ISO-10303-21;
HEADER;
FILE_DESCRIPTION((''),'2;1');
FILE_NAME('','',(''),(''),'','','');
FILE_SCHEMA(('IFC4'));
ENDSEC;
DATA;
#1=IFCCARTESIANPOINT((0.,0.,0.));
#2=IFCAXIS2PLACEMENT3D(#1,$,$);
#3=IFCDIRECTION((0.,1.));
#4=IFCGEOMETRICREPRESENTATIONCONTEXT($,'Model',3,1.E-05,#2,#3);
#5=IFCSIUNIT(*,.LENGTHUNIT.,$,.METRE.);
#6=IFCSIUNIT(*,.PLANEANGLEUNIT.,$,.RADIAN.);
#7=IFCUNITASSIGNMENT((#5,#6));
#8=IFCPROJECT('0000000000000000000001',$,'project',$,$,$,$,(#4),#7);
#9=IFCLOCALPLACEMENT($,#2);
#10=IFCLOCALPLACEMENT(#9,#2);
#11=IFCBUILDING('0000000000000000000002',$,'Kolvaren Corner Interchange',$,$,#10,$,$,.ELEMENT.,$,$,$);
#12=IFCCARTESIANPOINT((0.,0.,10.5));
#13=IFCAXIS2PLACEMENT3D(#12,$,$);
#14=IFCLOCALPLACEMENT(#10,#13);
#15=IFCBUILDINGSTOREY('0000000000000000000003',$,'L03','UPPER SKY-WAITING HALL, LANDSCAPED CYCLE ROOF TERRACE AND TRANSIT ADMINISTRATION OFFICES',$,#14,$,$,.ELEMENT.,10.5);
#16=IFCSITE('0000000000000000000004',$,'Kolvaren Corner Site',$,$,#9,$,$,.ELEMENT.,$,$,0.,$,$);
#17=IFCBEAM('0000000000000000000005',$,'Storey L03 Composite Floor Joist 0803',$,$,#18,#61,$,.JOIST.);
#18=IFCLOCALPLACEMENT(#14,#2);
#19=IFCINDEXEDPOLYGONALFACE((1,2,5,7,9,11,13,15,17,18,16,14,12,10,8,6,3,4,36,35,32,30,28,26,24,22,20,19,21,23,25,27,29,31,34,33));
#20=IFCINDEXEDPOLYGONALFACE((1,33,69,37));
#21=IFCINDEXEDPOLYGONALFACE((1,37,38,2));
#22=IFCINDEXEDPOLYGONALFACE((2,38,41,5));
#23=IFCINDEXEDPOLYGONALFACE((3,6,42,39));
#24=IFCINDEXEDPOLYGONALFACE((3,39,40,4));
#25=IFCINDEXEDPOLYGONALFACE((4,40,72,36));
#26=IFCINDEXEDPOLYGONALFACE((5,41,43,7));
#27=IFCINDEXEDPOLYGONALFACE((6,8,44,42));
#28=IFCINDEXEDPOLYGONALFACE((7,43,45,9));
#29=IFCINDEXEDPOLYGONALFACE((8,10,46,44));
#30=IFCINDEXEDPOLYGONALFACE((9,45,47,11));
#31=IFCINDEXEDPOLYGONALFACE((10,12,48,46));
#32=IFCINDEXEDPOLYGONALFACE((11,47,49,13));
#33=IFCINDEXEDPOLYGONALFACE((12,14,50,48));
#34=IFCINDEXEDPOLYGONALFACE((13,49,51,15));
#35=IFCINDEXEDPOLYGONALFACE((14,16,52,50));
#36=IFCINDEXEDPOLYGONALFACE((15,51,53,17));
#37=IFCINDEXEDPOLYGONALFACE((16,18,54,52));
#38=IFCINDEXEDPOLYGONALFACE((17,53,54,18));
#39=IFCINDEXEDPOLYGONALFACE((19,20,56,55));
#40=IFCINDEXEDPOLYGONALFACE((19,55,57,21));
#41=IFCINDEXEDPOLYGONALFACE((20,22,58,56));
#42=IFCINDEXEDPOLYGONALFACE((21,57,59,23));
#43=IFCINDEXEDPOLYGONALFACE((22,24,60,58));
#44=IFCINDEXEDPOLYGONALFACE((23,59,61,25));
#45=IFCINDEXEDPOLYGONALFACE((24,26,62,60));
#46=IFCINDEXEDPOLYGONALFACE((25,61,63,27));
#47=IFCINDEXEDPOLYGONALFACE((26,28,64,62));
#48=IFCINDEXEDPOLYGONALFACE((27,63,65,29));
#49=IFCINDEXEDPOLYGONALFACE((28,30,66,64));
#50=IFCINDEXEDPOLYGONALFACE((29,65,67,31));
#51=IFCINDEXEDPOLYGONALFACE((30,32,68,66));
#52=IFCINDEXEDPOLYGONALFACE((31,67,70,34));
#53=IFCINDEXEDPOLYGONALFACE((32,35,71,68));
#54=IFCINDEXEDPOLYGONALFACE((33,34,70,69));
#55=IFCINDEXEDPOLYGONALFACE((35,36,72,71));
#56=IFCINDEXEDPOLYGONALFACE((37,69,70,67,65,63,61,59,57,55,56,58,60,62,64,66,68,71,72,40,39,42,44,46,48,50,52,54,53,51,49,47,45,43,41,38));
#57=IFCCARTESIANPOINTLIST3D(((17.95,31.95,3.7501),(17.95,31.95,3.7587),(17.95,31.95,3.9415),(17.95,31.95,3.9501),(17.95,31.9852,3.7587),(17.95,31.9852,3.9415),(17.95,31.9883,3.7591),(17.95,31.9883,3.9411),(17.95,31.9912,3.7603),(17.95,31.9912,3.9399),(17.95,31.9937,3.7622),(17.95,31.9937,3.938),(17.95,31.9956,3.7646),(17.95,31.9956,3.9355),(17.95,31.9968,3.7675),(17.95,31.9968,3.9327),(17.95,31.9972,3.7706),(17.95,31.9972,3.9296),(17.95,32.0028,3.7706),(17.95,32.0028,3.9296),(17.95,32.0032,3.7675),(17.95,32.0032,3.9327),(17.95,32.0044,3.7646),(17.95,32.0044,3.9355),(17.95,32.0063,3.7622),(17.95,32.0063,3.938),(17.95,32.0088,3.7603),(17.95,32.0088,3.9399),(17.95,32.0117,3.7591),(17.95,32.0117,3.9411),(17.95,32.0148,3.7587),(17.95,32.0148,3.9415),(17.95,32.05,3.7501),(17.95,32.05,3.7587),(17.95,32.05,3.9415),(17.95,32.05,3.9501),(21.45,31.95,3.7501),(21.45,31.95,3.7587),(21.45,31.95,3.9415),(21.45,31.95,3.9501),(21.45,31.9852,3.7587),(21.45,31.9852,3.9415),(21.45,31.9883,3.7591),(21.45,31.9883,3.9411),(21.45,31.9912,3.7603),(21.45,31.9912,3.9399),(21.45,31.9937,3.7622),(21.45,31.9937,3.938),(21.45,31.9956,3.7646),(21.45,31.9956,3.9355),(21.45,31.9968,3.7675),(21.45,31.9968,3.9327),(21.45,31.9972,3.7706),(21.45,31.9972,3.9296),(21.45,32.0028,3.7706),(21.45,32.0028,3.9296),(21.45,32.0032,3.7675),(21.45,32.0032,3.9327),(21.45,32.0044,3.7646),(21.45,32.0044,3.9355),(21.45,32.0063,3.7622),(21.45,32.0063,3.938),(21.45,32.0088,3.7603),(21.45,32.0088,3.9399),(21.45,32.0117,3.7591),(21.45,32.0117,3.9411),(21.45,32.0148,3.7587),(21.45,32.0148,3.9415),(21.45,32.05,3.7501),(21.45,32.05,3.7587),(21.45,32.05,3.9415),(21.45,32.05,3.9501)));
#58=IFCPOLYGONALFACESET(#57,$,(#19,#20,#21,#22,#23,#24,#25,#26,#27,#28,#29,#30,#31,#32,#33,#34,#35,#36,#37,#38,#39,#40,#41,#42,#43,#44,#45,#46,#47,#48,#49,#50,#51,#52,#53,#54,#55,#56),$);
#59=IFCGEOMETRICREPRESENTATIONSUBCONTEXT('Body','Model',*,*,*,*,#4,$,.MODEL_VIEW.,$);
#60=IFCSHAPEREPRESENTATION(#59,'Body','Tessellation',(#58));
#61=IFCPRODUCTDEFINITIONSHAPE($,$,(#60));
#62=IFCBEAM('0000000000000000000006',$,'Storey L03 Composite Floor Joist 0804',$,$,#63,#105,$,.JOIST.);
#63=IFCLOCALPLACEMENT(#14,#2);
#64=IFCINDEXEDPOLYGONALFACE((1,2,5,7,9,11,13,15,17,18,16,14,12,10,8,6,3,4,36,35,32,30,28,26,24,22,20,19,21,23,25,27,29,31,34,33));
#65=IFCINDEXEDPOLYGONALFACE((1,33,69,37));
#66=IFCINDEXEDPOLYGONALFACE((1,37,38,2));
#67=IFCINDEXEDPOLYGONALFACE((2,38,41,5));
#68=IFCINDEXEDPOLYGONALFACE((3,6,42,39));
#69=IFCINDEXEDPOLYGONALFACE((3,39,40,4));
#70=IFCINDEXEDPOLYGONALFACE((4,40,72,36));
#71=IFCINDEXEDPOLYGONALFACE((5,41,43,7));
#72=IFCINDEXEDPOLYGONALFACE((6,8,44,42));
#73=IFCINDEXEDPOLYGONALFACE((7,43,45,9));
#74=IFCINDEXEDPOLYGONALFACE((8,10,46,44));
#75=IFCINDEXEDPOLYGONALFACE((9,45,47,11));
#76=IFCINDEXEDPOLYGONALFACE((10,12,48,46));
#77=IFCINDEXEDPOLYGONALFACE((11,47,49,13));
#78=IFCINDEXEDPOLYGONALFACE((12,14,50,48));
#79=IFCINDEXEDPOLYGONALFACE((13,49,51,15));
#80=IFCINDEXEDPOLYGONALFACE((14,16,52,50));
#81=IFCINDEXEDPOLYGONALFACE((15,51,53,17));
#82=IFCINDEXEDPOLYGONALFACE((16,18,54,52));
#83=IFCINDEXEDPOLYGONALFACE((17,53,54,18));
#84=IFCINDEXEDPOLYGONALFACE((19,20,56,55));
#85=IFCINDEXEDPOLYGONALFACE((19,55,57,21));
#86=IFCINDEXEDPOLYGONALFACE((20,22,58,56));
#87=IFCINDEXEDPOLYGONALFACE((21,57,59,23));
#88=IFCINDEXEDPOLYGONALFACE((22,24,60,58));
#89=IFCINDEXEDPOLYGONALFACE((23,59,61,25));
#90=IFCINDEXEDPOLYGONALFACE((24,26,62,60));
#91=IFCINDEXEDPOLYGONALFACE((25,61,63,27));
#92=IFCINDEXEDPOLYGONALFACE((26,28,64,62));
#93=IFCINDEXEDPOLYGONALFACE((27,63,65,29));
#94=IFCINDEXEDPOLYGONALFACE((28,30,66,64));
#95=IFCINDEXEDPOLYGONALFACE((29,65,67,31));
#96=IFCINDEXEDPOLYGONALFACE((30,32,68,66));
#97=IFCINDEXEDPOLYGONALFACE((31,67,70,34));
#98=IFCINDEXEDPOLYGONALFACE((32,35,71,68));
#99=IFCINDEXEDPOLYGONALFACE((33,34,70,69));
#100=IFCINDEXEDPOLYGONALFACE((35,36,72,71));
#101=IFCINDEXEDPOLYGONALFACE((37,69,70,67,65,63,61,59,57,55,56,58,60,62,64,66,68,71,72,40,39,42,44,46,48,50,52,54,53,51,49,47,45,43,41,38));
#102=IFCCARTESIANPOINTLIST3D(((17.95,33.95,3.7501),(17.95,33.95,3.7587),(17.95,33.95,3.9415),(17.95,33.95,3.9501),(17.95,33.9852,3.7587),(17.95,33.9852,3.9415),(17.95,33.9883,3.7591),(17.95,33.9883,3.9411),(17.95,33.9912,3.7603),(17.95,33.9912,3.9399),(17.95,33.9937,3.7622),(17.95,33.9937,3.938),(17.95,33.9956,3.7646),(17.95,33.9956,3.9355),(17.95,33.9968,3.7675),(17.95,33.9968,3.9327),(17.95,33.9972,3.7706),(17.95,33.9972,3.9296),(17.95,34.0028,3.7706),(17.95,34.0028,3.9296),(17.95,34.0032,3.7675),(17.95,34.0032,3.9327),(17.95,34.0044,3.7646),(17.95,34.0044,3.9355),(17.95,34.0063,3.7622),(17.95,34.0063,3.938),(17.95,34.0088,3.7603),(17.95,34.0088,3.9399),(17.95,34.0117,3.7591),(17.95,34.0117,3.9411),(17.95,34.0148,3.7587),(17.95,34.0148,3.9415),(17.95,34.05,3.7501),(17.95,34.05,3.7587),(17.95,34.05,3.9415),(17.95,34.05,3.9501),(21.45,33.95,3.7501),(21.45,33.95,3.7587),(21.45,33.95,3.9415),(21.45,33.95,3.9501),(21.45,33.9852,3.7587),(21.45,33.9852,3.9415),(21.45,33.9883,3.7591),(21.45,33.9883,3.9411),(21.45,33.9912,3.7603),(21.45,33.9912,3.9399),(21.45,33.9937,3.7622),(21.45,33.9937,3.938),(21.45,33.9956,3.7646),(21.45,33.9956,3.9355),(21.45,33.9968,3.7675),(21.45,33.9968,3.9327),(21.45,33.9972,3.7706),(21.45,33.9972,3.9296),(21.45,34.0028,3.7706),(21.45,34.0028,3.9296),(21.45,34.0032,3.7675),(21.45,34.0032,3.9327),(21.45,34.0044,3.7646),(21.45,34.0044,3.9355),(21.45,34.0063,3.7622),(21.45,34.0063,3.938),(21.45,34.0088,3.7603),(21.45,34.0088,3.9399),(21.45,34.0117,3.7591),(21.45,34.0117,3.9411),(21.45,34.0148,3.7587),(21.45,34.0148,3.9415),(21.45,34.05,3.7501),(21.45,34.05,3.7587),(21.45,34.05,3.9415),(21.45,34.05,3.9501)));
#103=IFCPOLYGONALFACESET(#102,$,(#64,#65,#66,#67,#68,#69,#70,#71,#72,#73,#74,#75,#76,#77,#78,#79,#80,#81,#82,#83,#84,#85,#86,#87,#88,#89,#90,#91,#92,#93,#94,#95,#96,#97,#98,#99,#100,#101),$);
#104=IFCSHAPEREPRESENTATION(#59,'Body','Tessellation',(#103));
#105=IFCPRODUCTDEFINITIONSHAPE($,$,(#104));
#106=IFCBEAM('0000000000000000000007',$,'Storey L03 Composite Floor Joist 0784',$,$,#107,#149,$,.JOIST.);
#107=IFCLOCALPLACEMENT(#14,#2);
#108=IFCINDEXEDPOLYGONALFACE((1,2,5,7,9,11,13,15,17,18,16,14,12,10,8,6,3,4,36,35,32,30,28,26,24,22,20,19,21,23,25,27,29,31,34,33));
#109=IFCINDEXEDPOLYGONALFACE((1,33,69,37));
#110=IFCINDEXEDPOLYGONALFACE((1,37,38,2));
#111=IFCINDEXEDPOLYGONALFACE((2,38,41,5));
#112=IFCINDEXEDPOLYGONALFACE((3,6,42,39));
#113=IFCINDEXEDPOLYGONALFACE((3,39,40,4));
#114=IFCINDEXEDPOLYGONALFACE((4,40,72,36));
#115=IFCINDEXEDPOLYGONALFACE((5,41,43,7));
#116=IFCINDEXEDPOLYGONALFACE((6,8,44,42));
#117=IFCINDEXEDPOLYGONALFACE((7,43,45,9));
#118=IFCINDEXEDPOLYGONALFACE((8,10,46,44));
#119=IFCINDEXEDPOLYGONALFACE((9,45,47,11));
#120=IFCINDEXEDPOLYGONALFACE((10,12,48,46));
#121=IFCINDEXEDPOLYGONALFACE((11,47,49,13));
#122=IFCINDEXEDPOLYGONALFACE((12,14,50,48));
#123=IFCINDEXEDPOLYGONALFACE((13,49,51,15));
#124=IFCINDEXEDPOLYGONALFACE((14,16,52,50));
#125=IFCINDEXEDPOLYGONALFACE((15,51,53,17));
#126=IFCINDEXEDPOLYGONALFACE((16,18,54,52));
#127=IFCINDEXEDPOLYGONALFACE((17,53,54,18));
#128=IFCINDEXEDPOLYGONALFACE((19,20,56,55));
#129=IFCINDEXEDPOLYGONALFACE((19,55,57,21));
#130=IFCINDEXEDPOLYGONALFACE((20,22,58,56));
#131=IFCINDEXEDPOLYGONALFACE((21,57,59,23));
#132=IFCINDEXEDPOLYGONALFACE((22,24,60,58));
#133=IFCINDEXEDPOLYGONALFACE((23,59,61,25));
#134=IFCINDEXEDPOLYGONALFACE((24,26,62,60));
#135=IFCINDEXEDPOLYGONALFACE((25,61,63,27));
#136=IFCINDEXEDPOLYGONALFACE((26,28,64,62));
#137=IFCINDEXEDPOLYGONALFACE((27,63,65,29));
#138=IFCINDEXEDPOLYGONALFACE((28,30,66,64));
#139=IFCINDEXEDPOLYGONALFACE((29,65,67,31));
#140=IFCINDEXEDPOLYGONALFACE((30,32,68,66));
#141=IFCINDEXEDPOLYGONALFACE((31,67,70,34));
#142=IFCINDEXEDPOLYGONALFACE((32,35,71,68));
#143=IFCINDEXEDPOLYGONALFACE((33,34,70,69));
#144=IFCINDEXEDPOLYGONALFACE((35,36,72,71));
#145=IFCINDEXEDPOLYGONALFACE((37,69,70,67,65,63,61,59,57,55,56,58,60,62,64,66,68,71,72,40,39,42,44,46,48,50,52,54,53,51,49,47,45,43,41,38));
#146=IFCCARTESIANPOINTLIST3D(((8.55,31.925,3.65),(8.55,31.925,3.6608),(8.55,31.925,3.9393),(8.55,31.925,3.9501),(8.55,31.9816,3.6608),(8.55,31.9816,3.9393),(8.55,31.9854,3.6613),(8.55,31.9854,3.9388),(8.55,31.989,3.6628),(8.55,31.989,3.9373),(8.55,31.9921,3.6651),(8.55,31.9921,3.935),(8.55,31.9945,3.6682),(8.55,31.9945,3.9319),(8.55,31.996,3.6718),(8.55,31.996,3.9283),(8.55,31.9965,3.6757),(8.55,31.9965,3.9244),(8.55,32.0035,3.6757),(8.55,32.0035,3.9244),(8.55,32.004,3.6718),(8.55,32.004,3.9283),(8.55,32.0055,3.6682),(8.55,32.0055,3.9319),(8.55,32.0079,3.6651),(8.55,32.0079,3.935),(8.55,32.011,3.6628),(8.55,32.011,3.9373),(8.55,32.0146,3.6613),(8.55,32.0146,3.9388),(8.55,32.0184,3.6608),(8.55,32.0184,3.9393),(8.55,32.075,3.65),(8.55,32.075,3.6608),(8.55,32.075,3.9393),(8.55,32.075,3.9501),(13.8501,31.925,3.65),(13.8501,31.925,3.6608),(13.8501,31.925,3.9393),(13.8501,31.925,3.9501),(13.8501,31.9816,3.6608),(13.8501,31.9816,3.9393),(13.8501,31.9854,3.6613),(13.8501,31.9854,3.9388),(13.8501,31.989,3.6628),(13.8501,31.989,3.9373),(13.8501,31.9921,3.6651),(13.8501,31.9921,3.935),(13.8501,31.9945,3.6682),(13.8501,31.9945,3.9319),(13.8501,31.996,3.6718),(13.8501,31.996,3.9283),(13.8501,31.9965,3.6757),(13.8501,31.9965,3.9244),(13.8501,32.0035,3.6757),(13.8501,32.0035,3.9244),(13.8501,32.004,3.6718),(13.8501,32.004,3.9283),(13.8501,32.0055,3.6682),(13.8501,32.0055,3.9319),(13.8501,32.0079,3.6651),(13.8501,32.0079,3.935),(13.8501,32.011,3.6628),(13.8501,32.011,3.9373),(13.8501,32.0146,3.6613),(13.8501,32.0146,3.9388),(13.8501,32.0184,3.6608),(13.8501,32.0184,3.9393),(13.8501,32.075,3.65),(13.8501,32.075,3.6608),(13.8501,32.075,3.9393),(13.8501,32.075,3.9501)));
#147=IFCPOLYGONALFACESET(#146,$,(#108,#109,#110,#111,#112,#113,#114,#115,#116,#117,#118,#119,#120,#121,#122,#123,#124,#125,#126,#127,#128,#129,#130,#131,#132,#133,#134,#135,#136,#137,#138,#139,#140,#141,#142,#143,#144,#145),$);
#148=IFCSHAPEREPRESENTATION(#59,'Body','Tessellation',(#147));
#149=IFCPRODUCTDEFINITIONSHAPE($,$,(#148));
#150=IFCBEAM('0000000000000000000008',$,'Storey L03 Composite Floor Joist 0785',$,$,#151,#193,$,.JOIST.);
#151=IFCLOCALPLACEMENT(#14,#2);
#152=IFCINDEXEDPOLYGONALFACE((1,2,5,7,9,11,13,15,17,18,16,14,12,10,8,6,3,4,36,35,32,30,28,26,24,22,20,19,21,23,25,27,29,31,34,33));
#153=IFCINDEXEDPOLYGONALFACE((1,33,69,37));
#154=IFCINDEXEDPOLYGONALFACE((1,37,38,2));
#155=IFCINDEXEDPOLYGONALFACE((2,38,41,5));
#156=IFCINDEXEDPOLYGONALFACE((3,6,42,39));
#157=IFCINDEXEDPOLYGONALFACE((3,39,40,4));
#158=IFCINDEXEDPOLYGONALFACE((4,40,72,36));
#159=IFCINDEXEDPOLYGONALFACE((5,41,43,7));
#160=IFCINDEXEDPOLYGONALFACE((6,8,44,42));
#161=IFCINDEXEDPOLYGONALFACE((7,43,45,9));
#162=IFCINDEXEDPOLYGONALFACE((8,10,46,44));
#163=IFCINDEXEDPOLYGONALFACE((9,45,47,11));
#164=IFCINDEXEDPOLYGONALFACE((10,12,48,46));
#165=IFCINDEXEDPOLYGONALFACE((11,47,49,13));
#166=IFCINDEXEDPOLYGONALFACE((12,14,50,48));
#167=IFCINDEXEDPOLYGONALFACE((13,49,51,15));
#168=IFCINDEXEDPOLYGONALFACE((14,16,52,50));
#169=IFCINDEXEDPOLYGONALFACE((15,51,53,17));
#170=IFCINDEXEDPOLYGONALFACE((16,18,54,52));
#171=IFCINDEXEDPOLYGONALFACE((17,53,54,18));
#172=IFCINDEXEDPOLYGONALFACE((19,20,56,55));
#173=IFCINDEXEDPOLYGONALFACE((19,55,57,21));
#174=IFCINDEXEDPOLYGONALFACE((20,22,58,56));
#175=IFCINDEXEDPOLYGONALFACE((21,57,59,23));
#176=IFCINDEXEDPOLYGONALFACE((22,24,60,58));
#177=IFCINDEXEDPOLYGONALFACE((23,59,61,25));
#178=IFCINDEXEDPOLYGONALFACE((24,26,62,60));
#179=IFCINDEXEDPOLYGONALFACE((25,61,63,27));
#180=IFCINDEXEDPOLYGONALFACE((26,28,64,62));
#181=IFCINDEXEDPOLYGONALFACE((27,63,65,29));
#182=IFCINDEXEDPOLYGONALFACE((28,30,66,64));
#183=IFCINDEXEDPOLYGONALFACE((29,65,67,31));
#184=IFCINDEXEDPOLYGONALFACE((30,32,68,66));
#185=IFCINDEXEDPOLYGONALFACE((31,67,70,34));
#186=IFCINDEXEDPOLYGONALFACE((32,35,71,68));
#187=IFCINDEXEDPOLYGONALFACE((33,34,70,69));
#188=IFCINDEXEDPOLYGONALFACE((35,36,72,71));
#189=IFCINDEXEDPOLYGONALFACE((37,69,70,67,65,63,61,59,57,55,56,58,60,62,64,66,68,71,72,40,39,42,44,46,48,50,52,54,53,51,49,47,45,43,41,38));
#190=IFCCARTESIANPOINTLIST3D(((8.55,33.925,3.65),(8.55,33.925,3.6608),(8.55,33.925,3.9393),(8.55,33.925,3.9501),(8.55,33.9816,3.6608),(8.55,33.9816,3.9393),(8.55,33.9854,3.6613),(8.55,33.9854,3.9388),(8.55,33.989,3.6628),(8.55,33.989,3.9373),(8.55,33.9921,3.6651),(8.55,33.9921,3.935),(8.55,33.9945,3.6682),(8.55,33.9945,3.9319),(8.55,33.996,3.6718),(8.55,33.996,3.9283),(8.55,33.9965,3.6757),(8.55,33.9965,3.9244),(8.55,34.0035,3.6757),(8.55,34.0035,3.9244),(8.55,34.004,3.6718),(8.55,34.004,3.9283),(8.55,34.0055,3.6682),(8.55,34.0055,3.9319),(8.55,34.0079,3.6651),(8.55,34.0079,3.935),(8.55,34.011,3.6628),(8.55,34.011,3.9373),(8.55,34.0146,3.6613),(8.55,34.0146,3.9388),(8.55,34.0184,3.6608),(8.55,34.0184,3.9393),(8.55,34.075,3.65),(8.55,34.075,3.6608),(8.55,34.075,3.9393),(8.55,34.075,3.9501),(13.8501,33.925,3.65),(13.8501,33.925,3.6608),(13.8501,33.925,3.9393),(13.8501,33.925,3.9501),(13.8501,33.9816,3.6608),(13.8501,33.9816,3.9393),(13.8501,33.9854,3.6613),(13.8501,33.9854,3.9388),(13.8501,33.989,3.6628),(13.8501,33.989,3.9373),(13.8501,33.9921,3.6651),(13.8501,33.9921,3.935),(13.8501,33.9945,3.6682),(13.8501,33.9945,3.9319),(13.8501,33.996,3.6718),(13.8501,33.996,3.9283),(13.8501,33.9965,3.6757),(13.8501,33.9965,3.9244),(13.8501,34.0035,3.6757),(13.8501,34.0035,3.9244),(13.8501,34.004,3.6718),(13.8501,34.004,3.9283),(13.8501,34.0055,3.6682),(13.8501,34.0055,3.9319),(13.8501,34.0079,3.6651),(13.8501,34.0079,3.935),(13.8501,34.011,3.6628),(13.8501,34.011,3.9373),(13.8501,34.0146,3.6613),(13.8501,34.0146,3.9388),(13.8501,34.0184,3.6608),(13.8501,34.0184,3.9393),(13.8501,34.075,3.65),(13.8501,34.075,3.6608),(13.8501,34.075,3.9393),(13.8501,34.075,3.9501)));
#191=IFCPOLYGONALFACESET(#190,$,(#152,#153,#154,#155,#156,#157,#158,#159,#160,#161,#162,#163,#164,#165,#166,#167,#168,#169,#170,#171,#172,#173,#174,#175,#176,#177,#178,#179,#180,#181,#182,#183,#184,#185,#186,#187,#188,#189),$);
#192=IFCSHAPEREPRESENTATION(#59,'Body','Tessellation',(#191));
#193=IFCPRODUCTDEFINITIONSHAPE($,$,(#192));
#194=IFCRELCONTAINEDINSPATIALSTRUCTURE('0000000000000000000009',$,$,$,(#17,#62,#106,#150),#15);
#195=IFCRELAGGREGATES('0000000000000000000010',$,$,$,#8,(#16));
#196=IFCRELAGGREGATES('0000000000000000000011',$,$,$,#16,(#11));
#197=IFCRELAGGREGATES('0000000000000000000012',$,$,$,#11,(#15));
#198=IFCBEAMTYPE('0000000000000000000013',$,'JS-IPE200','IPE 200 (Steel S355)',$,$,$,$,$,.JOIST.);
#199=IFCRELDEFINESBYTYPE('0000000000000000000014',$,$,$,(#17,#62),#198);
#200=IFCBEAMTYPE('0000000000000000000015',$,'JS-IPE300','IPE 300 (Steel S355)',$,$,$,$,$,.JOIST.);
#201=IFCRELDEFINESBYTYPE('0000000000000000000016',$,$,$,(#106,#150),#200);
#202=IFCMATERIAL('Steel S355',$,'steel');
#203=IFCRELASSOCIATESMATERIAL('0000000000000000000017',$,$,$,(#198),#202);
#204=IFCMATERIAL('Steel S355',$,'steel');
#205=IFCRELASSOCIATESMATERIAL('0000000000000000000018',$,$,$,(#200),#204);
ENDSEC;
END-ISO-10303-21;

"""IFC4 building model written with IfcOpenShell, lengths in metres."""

from ifc_helpers import new_model, si_unit, direction, frame, origin, origin_2d, place, context, subcontext, project, spatial, i_section, extrude, material, material_profile, profile_set, type_object, element, save


model = new_model("IFC4")

# Units and contexts
model_context = context("Model", 3, precision=1e-05, world=origin(), true_north=direction((0.0, 1.0)))
body_context = subcontext(model_context, "Body", "Model", "MODEL_VIEW")
ifc_project = project(units=[si_unit("LENGTHUNIT", "METRE"), si_unit("PLANEANGLEUNIT", "RADIAN")], contexts=[model_context])

# Site, building, storey
site_placement = place(None, origin())
site = spatial("IfcSite", under=ifc_project, at=site_placement, Name="Kolvaren Corner Site", CompositionType="ELEMENT", RefElevation=0.0)
building_placement = place(site_placement, origin())
building = spatial("IfcBuilding", under=site, at=building_placement, Name="Kolvaren Corner Interchange", CompositionType="ELEMENT")
storey_placement = place(building_placement, frame((0.0, 0.0, 10.5)))
storey = spatial("IfcBuildingStorey", under=building, at=storey_placement, Name="L03", Description="UPPER SKY-WAITING HALL, LANDSCAPED CYCLE ROOF TERRACE AND TRANSIT ADMINISTRATION OFFICES", CompositionType="ELEMENT", Elevation=10.5)

# Beams
ifc_material_1 = material(Name="Steel S355", Category="steel")
ifc_material_profile_1 = material_profile(ifc_material_1, i_section(OverallWidth=0.1001, OverallDepth=0.2, WebThickness=0.0056, FlangeThickness=0.0085, FilletRadius=0.012, at=origin_2d()), Name="IPE 200")
ifc_profile_set_1 = profile_set([ifc_material_profile_1], Name="Steel S355")
beam_type_1 = type_object("IfcBeamType", Name="JS-IPE200", Description="IPE 200 (Steel S355)", PredefinedType="JOIST", material=ifc_profile_set_1)
for number, where, z_axis, x_axis, name in (
    (1, (17.95, 32.0, 3.8501), (1.0, 0.0, 0.0), (0.0, 1.0, 0.0), "Storey L03 Composite Floor Joist 0803"),
    (2, (17.95, 34.0, 3.8501), (1.0, 0.0, 0.0), (0.0, 1.0, 0.0), "Storey L03 Composite Floor Joist 0804"),
):
    element("IfcBeam", number, at=place(storey_placement, frame(where, z_axis=z_axis, x_axis=x_axis)), inside=storey, type_object=beam_type_1, Name=name, PredefinedType="JOIST", context=body_context, shape_type="SweptSolid", body=[
        extrude(i_section(OverallWidth=0.1001, OverallDepth=0.2, WebThickness=0.0056, FlangeThickness=0.0085, FilletRadius=0.012, at=origin_2d()), origin(), (0.0, 0.0, 1.0), 3.5),
    ])
ifc_material_2 = material(Name="Steel S355", Category="steel")
ifc_material_profile_2 = material_profile(ifc_material_2, i_section(OverallWidth=0.1499, OverallDepth=0.3, WebThickness=0.0071, FlangeThickness=0.0107, FilletRadius=0.0149, at=origin_2d()), Name="IPE 300")
ifc_profile_set_2 = profile_set([ifc_material_profile_2], Name="Steel S355")
beam_type_2 = type_object("IfcBeamType", Name="JS-IPE300", Description="IPE 300 (Steel S355)", PredefinedType="JOIST", material=ifc_profile_set_2)
for number, where, z_axis, x_axis, name in (
    (3, (8.55, 32.0, 3.8), (1.0, 0.0, 0.0), (0.0, 1.0, 0.0), "Storey L03 Composite Floor Joist 0784"),
    (4, (8.55, 34.0, 3.8), (1.0, 0.0, 0.0), (0.0, 1.0, 0.0), "Storey L03 Composite Floor Joist 0785"),
):
    element("IfcBeam", number, at=place(storey_placement, frame(where, z_axis=z_axis, x_axis=x_axis)), inside=storey, type_object=beam_type_2, Name=name, PredefinedType="JOIST", context=body_context, shape_type="SweptSolid", body=[
        extrude(i_section(OverallWidth=0.1499, OverallDepth=0.3, WebThickness=0.0071, FlangeThickness=0.0107, FilletRadius=0.0149, at=origin_2d()), origin(), (0.0, 0.0, 1.0), 5.3),
    ])

save(model, "model.ifc")
